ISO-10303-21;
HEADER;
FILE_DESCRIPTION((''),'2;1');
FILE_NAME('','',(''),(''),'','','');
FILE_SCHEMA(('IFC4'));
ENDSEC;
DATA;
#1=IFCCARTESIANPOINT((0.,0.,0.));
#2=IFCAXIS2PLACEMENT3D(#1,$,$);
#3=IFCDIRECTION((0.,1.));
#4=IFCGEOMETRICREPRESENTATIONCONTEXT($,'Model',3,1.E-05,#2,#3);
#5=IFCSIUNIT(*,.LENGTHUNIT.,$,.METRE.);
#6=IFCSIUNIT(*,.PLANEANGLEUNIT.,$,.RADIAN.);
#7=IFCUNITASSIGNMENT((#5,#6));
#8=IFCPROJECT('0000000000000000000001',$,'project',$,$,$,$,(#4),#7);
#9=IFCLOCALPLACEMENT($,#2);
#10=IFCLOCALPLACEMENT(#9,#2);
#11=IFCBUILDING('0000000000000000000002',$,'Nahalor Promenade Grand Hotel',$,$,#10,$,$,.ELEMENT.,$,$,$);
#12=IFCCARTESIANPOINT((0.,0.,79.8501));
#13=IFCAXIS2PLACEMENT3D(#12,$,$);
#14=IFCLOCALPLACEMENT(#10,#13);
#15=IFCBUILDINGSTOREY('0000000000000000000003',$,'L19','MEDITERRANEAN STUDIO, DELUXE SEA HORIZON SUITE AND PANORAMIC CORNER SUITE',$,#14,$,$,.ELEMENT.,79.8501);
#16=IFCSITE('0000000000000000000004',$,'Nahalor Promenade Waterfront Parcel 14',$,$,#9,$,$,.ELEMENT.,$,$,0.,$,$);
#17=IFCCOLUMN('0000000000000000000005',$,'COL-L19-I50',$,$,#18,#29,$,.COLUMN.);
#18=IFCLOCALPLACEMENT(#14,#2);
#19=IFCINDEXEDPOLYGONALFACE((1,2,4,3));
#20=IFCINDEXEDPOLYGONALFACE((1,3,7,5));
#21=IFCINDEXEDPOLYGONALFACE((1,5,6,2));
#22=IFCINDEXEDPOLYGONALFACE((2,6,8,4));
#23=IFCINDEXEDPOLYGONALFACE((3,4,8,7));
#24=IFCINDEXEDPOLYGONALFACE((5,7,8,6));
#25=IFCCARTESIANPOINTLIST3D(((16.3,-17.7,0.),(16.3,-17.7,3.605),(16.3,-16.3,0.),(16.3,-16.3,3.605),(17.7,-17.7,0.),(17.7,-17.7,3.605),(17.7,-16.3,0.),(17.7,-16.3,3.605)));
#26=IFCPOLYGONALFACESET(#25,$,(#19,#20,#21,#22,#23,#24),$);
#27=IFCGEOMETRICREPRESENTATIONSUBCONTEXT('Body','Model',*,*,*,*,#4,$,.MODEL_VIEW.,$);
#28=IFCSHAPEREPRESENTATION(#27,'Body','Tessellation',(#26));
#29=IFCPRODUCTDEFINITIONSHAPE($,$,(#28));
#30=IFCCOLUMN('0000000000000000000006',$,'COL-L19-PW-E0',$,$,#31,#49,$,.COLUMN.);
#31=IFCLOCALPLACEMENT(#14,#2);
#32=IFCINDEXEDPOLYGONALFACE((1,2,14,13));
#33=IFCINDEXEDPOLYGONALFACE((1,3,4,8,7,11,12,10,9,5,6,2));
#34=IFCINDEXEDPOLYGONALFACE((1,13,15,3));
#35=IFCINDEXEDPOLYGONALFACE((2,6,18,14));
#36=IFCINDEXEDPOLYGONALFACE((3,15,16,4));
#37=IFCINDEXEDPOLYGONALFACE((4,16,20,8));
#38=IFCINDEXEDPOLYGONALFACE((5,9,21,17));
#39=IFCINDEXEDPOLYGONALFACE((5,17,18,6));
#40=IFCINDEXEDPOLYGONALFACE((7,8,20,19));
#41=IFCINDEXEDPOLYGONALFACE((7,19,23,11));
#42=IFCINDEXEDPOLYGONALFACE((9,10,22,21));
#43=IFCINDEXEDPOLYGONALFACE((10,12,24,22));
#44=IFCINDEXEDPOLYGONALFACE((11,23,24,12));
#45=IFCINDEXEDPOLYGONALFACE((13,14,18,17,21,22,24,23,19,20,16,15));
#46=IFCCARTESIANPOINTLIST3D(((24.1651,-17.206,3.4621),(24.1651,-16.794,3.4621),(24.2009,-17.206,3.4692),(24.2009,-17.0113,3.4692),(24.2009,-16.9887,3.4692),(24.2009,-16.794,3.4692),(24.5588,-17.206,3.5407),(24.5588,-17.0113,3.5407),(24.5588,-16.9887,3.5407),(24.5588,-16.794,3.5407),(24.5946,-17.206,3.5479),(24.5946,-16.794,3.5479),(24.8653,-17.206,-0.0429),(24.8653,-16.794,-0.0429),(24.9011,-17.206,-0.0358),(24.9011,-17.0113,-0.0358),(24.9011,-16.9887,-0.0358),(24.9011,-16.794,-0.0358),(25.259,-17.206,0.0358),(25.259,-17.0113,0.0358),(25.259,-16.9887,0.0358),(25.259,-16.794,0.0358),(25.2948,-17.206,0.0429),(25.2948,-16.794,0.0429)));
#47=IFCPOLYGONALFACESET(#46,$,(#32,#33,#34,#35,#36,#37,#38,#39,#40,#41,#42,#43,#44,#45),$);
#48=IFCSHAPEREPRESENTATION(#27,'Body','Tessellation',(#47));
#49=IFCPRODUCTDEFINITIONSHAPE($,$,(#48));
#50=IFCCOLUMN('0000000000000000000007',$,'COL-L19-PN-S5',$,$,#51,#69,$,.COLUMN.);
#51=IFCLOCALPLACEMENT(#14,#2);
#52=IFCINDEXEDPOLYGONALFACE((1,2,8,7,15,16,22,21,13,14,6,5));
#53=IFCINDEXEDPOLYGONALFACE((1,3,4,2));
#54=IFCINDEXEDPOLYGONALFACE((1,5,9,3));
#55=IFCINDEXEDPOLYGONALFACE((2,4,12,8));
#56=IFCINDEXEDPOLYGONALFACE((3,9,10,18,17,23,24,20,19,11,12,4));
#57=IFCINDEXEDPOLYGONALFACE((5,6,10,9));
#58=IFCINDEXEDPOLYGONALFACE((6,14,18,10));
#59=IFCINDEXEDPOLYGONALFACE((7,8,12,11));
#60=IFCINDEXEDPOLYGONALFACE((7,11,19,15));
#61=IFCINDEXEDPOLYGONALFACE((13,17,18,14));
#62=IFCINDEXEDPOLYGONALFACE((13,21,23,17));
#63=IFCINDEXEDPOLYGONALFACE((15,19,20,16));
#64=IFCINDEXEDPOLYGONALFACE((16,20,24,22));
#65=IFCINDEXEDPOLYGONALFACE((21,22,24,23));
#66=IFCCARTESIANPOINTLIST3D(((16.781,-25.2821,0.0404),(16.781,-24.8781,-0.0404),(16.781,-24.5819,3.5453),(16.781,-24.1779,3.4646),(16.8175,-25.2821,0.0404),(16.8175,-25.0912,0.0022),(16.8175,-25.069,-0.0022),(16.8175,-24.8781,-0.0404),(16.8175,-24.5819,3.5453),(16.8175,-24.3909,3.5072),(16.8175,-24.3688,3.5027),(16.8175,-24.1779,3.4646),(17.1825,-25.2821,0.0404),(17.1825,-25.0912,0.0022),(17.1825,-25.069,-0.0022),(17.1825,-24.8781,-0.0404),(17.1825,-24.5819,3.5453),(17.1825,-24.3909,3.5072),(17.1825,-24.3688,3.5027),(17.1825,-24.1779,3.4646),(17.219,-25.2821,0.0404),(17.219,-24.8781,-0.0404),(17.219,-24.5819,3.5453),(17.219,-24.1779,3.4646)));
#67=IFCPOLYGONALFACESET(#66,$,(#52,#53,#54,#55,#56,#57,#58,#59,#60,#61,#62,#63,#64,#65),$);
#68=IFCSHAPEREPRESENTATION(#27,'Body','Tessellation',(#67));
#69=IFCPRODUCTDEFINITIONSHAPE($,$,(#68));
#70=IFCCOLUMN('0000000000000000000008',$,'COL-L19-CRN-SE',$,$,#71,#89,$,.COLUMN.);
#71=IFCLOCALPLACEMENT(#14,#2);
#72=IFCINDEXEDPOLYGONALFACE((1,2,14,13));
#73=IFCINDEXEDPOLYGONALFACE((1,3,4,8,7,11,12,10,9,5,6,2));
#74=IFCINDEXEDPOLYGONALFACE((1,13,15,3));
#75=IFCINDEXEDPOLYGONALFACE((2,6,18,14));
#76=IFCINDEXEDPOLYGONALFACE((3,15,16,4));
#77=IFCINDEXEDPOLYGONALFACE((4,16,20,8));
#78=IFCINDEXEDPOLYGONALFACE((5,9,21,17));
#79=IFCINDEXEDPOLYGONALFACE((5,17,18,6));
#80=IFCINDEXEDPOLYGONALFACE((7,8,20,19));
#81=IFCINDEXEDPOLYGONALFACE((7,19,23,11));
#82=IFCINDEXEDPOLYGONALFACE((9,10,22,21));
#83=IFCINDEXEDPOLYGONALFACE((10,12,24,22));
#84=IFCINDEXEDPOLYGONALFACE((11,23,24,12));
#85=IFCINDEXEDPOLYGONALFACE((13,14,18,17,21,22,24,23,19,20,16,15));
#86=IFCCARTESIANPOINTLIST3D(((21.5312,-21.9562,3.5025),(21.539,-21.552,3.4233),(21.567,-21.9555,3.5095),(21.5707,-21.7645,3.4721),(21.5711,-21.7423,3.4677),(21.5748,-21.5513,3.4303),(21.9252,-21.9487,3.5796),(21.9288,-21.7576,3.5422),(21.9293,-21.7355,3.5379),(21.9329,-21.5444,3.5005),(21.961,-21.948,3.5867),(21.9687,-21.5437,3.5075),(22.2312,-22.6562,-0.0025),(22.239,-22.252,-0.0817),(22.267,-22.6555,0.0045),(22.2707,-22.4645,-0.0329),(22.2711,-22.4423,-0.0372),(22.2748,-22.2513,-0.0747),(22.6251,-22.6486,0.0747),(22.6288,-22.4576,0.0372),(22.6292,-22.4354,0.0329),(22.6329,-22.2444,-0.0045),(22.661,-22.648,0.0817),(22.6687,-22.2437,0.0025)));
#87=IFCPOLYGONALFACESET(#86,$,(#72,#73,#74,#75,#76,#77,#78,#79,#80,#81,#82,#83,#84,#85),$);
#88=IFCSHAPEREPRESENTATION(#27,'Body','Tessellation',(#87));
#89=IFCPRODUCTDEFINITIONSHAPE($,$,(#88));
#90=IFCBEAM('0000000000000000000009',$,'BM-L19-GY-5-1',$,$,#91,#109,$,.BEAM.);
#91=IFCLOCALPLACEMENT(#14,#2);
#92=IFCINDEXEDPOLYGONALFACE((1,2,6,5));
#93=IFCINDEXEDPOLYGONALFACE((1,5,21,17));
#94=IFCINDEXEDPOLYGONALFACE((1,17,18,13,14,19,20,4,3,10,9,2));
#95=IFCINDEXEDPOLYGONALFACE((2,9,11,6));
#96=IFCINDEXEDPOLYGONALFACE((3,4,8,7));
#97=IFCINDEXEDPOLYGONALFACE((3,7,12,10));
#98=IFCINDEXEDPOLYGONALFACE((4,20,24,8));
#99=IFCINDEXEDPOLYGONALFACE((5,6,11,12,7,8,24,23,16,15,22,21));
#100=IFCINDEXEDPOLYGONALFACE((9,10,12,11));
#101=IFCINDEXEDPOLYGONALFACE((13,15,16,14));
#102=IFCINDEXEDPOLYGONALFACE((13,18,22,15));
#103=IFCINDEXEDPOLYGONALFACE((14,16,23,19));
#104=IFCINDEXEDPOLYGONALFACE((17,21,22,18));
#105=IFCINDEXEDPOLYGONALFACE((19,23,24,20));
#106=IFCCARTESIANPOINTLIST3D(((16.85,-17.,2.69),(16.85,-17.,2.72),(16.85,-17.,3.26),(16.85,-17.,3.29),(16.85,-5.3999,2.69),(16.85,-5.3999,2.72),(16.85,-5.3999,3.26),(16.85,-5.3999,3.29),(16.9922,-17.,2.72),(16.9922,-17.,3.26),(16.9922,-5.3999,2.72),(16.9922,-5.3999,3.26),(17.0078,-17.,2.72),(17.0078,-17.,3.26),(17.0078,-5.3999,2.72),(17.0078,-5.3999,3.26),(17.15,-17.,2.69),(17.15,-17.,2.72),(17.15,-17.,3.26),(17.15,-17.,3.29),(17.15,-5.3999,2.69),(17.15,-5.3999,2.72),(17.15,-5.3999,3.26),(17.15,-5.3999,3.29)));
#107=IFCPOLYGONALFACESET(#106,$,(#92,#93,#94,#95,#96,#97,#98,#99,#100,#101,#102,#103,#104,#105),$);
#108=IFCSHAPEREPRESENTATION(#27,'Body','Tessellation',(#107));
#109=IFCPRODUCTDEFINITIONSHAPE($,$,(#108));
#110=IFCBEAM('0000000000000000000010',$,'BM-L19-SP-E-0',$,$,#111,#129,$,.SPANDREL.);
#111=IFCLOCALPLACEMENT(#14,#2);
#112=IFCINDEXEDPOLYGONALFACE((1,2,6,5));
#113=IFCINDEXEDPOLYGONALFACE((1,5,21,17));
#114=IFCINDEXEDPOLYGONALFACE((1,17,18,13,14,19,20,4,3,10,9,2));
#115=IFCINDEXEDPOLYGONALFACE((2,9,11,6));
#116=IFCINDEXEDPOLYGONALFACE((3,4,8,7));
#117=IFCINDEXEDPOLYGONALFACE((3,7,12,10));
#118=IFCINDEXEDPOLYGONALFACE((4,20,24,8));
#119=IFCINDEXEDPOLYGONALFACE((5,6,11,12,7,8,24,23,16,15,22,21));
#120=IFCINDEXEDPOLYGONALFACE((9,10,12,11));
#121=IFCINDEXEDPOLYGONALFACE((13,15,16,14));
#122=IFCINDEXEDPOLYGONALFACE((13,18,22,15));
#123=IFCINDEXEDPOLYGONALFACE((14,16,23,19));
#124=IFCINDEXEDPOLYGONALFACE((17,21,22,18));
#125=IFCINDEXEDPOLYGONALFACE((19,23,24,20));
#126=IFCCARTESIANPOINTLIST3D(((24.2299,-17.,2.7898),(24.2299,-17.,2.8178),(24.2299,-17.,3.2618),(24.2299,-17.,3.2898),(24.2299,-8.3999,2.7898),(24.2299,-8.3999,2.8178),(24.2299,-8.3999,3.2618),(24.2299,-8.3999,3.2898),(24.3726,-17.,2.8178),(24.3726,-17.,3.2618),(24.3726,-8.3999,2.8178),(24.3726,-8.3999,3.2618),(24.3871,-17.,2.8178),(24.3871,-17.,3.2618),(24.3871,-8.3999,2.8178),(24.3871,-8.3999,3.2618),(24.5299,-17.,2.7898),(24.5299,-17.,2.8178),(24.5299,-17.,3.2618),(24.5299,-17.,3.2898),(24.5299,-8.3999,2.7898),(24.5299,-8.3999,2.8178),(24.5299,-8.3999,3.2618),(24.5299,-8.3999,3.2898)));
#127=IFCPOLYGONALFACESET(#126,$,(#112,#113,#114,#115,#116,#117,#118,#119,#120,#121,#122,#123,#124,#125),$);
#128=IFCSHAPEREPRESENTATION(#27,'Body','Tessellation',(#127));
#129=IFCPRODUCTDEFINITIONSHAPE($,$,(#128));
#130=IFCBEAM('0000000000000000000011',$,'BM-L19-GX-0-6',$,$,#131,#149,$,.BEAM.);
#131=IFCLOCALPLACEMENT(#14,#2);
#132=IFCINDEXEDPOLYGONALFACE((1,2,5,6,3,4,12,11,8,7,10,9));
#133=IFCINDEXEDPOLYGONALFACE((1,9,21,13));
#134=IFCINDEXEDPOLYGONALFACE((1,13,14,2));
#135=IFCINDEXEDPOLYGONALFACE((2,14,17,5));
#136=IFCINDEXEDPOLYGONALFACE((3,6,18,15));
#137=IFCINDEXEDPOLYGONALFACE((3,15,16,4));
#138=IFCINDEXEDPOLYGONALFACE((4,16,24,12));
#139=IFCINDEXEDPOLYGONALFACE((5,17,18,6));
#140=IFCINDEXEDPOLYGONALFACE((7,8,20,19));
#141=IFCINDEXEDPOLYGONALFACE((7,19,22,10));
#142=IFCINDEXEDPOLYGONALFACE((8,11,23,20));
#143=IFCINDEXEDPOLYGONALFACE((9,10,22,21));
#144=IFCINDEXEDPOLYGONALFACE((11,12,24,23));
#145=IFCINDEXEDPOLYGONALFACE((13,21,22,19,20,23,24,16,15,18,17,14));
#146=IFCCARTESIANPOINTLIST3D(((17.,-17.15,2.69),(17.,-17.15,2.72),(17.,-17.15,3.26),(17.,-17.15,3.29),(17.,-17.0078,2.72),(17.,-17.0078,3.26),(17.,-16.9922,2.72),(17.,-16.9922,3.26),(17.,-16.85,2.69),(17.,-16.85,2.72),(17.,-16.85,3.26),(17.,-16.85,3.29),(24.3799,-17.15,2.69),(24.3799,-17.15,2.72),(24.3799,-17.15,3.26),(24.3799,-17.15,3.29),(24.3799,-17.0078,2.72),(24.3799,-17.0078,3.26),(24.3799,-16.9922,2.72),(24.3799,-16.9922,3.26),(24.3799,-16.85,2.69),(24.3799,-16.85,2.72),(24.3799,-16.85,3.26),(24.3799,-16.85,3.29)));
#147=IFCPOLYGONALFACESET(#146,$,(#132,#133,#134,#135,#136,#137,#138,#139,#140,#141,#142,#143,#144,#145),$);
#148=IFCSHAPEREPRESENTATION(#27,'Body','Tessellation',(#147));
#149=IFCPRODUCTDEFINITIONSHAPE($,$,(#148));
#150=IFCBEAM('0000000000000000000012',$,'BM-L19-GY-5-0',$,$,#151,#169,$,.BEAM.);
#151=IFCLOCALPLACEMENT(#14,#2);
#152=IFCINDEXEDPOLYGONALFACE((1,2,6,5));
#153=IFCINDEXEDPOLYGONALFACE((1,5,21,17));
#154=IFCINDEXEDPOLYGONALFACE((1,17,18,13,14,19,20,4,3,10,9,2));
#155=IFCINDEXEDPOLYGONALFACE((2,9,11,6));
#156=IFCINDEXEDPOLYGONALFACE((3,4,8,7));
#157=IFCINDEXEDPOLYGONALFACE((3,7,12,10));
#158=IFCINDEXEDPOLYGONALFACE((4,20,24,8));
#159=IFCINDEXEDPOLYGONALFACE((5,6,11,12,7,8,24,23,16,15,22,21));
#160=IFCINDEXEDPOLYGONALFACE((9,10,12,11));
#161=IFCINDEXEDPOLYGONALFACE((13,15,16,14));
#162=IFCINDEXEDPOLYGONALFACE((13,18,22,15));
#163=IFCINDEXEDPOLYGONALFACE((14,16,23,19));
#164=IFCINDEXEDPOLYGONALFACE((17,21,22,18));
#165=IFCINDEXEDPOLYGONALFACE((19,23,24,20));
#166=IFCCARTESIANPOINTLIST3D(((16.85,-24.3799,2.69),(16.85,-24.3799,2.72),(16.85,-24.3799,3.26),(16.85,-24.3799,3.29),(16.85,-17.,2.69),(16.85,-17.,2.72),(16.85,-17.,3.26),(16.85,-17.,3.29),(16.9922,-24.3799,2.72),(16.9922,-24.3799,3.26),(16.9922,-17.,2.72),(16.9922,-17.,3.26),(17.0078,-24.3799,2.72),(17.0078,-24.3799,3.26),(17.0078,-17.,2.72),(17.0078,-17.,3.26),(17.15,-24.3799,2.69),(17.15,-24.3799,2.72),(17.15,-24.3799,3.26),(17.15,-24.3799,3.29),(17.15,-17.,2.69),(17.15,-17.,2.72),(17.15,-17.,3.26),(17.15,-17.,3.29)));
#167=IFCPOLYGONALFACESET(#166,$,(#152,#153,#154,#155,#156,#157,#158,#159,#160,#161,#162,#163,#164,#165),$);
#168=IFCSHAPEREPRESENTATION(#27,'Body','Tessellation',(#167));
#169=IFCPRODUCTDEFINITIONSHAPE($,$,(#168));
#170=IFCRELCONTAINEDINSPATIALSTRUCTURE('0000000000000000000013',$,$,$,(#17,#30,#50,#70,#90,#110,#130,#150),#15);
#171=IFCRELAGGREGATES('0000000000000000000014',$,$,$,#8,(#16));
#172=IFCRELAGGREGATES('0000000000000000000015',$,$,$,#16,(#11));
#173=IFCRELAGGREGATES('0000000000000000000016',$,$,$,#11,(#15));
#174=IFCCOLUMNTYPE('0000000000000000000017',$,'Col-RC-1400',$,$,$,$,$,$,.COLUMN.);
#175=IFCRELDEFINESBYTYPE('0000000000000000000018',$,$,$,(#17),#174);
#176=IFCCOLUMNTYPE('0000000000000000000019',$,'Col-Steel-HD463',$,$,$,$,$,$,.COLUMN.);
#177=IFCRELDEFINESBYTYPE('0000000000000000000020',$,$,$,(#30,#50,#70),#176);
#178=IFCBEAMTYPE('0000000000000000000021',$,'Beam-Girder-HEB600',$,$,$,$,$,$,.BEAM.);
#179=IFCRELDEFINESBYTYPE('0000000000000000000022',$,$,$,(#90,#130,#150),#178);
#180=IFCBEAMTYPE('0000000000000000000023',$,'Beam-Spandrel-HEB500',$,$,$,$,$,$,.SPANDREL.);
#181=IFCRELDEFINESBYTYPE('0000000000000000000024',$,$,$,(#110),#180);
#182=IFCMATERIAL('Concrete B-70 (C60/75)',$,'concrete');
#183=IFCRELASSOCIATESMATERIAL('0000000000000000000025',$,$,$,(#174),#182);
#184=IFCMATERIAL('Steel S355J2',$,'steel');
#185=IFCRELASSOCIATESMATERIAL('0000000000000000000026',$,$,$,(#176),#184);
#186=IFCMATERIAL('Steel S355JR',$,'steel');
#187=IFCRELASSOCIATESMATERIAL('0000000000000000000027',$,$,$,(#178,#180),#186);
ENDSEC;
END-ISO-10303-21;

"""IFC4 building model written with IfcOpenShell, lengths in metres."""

from ifc_helpers import new_model, si_unit, direction, frame, origin, origin_2d, place, context, subcontext, project, spatial, rectangle, i_section, extrude, source, transform, mapped, material, material_profile, profile_set, type_object, element, save


model = new_model("IFC4")

# Units and contexts
model_context = context("Model", 3, precision=1e-05, world=origin(), true_north=direction((0.0, 1.0)))
body_context = subcontext(model_context, "Body", "Model", "MODEL_VIEW")
ifc_project = project(units=[si_unit("LENGTHUNIT", "METRE"), si_unit("PLANEANGLEUNIT", "RADIAN")], contexts=[model_context])

# Site, building, storey
site_placement = place(None, origin())
site = spatial("IfcSite", under=ifc_project, at=site_placement, Name="Nahalor Promenade Waterfront Parcel 14", CompositionType="ELEMENT", RefElevation=0.0)
building_placement = place(site_placement, origin())
building = spatial("IfcBuilding", under=site, at=building_placement, Name="Nahalor Promenade Grand Hotel", CompositionType="ELEMENT")
storey_placement = place(building_placement, frame((0.0, 0.0, 79.8501)))
storey = spatial("IfcBuildingStorey", under=building, at=storey_placement, Name="L19", Description="MEDITERRANEAN STUDIO, DELUXE SEA HORIZON SUITE AND PANORAMIC CORNER SUITE", CompositionType="ELEMENT", Elevation=79.8501)

# Columns
ifc_material_1 = material(Name="Concrete B-70 (C60/75)", Category="concrete")
ifc_material_profile_1 = material_profile(ifc_material_1, rectangle(XDim=1.4, YDim=1.4, at=origin_2d()), Name="RC 1400x1400")
ifc_profile_set_1 = profile_set([ifc_material_profile_1], Name="Concrete B-70 (C60/75)")
column_type_1 = type_object("IfcColumnType", Name="Col-RC-1400", PredefinedType="COLUMN", material=ifc_profile_set_1)
shared_shape_1 = source(origin(), body_context, "Body", "SweptSolid", [
    extrude(rectangle(XDim=1.4, YDim=1.4, at=origin_2d()), origin(), (0.0, 0.0, 1.0), 3.605),
])
column_1_placement = place(storey_placement, frame((17.0, -17.0, 0.0), z_axis=(0.0, 0.0, 1.0), x_axis=(1.0, 0.0, 0.0)))
element("IfcColumn", 1, at=column_1_placement, inside=storey, type_object=column_type_1, Name="COL-L19-I50", PredefinedType="COLUMN", context=body_context, shape_type="MappedRepresentation", body=[
    mapped(shared_shape_1, transform((0.0, 0.0, 0.0), scale=1.0)),
])
ifc_material_2 = material(Name="Steel S355J2", Category="steel")
ifc_material_profile_2 = material_profile(ifc_material_2, i_section(OverallWidth=0.412, OverallDepth=0.438, WebThickness=0.0226, FlangeThickness=0.0365, at=origin_2d()), Name="HD 400x463")
ifc_profile_set_2 = profile_set([ifc_material_profile_2], Name="Steel S355J2")
column_type_2 = type_object("IfcColumnType", Name="Col-Steel-HD463", PredefinedType="COLUMN", material=ifc_profile_set_2)
shared_shape_2 = source(origin(), body_context, "Body", "SweptSolid", [
    extrude(i_section(OverallWidth=0.412, OverallDepth=0.438, WebThickness=0.0226, FlangeThickness=0.0365, at=origin_2d()), origin(), (0.0, 0.0, 1.0), 3.5742),
])
for number, where, z_axis, x_axis, name in (
    (2, (25.0801, -17.0, 0.0), (-0.195906, 0.0, 0.980623), (0.0, -1.0, 0.0), "COL-L19-PW-E0"),
    (3, (17.0, -25.0801, 0.0), (0.0, 0.195906, 0.980623), (0.0, -0.980623, 0.195906), "COL-L19-PN-S5"),
):
    element("IfcColumn", number, at=place(storey_placement, frame(where, z_axis=z_axis, x_axis=x_axis)), inside=storey, type_object=column_type_2, Name=name, PredefinedType="COLUMN", context=body_context, shape_type="MappedRepresentation", body=[
        mapped(shared_shape_2, transform((0.0, 0.0, 0.0), scale=1.0)),
    ])
shared_shape_3 = source(origin(), body_context, "Body", "SweptSolid", [
    extrude(i_section(OverallWidth=0.412, OverallDepth=0.438, WebThickness=0.0226, FlangeThickness=0.0365, at=origin_2d()), origin(), (0.0, 0.0, 1.0), 3.6421),
])
column_2_placement = place(storey_placement, frame((22.45, -22.45, 0.0), z_axis=(-0.192189, 0.192189, 0.962355), x_axis=(-0.018823, -0.981177, 0.192189)))
element("IfcColumn", 4, at=column_2_placement, inside=storey, type_object=column_type_2, Name="COL-L19-CRN-SE", PredefinedType="COLUMN", context=body_context, shape_type="MappedRepresentation", body=[
    mapped(shared_shape_3, transform((0.0, 0.0, 0.0), scale=1.0)),
])

# Beams
ifc_material_3 = material(Name="Steel S355JR", Category="steel")
ifc_material_profile_3 = material_profile(ifc_material_3, i_section(OverallWidth=0.3, OverallDepth=0.6, WebThickness=0.0155, FlangeThickness=0.03, at=origin_2d()), Name="HEB 600")
ifc_profile_set_3 = profile_set([ifc_material_profile_3], Name="Steel S355JR")
beam_type_1 = type_object("IfcBeamType", Name="Beam-Girder-HEB600", PredefinedType="BEAM", material=ifc_profile_set_3)
shared_shape_4 = source(origin(), body_context, "Body", "SweptSolid", [
    extrude(i_section(OverallWidth=0.3, OverallDepth=0.6, WebThickness=0.0155, FlangeThickness=0.03, at=origin_2d()), origin(), (0.0, 0.0, 1.0), 11.6001),
])
beam_1_placement = place(storey_placement, frame((17.0, -17.0, 2.99), z_axis=(0.0, 1.0, 0.0), x_axis=(-1.0, 0.0, 0.0)))
element("IfcBeam", 5, at=beam_1_placement, inside=storey, type_object=beam_type_1, Name="BM-L19-GY-5-1", PredefinedType="BEAM", context=body_context, shape_type="MappedRepresentation", body=[
    mapped(shared_shape_4, transform((0.0, 0.0, 0.0), scale=1.0)),
])
ifc_material_profile_4 = material_profile(ifc_material_3, i_section(OverallWidth=0.3, OverallDepth=0.5, WebThickness=0.0145, FlangeThickness=0.028, at=origin_2d()), Name="HEB 500")
ifc_profile_set_4 = profile_set([ifc_material_profile_4], Name="Steel S355JR")
beam_type_2 = type_object("IfcBeamType", Name="Beam-Spandrel-HEB500", PredefinedType="SPANDREL", material=ifc_profile_set_4)
shared_shape_5 = source(origin(), body_context, "Body", "SweptSolid", [
    extrude(i_section(OverallWidth=0.3, OverallDepth=0.5, WebThickness=0.0145, FlangeThickness=0.028, at=origin_2d()), origin(), (0.0, 0.0, 1.0), 8.6001),
])
beam_2_placement = place(storey_placement, frame((24.3799, -17.0, 3.0398), z_axis=(0.0, 1.0, 0.0), x_axis=(-1.0, 0.0, 0.0)))
element("IfcBeam", 6, at=beam_2_placement, inside=storey, type_object=beam_type_2, Name="BM-L19-SP-E-0", PredefinedType="SPANDREL", context=body_context, shape_type="MappedRepresentation", body=[
    mapped(shared_shape_5, transform((0.0, 0.0, 0.0), scale=1.0)),
])
shared_shape_6 = source(origin(), body_context, "Body", "SweptSolid", [
    extrude(i_section(OverallWidth=0.3, OverallDepth=0.6, WebThickness=0.0155, FlangeThickness=0.03, at=origin_2d()), origin(), (0.0, 0.0, 1.0), 7.3799),
])
for number, where, z_axis, x_axis, name in (
    (7, (17.0, -17.0, 2.99), (1.0, 0.0, 0.0), (0.0, 1.0, 0.0), "BM-L19-GX-0-6"),
    (8, (17.0, -24.3799, 2.99), (0.0, 1.0, 0.0), (-1.0, 0.0, 0.0), "BM-L19-GY-5-0"),
):
    element("IfcBeam", number, at=place(storey_placement, frame(where, z_axis=z_axis, x_axis=x_axis)), inside=storey, type_object=beam_type_1, Name=name, PredefinedType="BEAM", context=body_context, shape_type="MappedRepresentation", body=[
        mapped(shared_shape_6, transform((0.0, 0.0, 0.0), scale=1.0)),
    ])

save(model, "model.ifc")
